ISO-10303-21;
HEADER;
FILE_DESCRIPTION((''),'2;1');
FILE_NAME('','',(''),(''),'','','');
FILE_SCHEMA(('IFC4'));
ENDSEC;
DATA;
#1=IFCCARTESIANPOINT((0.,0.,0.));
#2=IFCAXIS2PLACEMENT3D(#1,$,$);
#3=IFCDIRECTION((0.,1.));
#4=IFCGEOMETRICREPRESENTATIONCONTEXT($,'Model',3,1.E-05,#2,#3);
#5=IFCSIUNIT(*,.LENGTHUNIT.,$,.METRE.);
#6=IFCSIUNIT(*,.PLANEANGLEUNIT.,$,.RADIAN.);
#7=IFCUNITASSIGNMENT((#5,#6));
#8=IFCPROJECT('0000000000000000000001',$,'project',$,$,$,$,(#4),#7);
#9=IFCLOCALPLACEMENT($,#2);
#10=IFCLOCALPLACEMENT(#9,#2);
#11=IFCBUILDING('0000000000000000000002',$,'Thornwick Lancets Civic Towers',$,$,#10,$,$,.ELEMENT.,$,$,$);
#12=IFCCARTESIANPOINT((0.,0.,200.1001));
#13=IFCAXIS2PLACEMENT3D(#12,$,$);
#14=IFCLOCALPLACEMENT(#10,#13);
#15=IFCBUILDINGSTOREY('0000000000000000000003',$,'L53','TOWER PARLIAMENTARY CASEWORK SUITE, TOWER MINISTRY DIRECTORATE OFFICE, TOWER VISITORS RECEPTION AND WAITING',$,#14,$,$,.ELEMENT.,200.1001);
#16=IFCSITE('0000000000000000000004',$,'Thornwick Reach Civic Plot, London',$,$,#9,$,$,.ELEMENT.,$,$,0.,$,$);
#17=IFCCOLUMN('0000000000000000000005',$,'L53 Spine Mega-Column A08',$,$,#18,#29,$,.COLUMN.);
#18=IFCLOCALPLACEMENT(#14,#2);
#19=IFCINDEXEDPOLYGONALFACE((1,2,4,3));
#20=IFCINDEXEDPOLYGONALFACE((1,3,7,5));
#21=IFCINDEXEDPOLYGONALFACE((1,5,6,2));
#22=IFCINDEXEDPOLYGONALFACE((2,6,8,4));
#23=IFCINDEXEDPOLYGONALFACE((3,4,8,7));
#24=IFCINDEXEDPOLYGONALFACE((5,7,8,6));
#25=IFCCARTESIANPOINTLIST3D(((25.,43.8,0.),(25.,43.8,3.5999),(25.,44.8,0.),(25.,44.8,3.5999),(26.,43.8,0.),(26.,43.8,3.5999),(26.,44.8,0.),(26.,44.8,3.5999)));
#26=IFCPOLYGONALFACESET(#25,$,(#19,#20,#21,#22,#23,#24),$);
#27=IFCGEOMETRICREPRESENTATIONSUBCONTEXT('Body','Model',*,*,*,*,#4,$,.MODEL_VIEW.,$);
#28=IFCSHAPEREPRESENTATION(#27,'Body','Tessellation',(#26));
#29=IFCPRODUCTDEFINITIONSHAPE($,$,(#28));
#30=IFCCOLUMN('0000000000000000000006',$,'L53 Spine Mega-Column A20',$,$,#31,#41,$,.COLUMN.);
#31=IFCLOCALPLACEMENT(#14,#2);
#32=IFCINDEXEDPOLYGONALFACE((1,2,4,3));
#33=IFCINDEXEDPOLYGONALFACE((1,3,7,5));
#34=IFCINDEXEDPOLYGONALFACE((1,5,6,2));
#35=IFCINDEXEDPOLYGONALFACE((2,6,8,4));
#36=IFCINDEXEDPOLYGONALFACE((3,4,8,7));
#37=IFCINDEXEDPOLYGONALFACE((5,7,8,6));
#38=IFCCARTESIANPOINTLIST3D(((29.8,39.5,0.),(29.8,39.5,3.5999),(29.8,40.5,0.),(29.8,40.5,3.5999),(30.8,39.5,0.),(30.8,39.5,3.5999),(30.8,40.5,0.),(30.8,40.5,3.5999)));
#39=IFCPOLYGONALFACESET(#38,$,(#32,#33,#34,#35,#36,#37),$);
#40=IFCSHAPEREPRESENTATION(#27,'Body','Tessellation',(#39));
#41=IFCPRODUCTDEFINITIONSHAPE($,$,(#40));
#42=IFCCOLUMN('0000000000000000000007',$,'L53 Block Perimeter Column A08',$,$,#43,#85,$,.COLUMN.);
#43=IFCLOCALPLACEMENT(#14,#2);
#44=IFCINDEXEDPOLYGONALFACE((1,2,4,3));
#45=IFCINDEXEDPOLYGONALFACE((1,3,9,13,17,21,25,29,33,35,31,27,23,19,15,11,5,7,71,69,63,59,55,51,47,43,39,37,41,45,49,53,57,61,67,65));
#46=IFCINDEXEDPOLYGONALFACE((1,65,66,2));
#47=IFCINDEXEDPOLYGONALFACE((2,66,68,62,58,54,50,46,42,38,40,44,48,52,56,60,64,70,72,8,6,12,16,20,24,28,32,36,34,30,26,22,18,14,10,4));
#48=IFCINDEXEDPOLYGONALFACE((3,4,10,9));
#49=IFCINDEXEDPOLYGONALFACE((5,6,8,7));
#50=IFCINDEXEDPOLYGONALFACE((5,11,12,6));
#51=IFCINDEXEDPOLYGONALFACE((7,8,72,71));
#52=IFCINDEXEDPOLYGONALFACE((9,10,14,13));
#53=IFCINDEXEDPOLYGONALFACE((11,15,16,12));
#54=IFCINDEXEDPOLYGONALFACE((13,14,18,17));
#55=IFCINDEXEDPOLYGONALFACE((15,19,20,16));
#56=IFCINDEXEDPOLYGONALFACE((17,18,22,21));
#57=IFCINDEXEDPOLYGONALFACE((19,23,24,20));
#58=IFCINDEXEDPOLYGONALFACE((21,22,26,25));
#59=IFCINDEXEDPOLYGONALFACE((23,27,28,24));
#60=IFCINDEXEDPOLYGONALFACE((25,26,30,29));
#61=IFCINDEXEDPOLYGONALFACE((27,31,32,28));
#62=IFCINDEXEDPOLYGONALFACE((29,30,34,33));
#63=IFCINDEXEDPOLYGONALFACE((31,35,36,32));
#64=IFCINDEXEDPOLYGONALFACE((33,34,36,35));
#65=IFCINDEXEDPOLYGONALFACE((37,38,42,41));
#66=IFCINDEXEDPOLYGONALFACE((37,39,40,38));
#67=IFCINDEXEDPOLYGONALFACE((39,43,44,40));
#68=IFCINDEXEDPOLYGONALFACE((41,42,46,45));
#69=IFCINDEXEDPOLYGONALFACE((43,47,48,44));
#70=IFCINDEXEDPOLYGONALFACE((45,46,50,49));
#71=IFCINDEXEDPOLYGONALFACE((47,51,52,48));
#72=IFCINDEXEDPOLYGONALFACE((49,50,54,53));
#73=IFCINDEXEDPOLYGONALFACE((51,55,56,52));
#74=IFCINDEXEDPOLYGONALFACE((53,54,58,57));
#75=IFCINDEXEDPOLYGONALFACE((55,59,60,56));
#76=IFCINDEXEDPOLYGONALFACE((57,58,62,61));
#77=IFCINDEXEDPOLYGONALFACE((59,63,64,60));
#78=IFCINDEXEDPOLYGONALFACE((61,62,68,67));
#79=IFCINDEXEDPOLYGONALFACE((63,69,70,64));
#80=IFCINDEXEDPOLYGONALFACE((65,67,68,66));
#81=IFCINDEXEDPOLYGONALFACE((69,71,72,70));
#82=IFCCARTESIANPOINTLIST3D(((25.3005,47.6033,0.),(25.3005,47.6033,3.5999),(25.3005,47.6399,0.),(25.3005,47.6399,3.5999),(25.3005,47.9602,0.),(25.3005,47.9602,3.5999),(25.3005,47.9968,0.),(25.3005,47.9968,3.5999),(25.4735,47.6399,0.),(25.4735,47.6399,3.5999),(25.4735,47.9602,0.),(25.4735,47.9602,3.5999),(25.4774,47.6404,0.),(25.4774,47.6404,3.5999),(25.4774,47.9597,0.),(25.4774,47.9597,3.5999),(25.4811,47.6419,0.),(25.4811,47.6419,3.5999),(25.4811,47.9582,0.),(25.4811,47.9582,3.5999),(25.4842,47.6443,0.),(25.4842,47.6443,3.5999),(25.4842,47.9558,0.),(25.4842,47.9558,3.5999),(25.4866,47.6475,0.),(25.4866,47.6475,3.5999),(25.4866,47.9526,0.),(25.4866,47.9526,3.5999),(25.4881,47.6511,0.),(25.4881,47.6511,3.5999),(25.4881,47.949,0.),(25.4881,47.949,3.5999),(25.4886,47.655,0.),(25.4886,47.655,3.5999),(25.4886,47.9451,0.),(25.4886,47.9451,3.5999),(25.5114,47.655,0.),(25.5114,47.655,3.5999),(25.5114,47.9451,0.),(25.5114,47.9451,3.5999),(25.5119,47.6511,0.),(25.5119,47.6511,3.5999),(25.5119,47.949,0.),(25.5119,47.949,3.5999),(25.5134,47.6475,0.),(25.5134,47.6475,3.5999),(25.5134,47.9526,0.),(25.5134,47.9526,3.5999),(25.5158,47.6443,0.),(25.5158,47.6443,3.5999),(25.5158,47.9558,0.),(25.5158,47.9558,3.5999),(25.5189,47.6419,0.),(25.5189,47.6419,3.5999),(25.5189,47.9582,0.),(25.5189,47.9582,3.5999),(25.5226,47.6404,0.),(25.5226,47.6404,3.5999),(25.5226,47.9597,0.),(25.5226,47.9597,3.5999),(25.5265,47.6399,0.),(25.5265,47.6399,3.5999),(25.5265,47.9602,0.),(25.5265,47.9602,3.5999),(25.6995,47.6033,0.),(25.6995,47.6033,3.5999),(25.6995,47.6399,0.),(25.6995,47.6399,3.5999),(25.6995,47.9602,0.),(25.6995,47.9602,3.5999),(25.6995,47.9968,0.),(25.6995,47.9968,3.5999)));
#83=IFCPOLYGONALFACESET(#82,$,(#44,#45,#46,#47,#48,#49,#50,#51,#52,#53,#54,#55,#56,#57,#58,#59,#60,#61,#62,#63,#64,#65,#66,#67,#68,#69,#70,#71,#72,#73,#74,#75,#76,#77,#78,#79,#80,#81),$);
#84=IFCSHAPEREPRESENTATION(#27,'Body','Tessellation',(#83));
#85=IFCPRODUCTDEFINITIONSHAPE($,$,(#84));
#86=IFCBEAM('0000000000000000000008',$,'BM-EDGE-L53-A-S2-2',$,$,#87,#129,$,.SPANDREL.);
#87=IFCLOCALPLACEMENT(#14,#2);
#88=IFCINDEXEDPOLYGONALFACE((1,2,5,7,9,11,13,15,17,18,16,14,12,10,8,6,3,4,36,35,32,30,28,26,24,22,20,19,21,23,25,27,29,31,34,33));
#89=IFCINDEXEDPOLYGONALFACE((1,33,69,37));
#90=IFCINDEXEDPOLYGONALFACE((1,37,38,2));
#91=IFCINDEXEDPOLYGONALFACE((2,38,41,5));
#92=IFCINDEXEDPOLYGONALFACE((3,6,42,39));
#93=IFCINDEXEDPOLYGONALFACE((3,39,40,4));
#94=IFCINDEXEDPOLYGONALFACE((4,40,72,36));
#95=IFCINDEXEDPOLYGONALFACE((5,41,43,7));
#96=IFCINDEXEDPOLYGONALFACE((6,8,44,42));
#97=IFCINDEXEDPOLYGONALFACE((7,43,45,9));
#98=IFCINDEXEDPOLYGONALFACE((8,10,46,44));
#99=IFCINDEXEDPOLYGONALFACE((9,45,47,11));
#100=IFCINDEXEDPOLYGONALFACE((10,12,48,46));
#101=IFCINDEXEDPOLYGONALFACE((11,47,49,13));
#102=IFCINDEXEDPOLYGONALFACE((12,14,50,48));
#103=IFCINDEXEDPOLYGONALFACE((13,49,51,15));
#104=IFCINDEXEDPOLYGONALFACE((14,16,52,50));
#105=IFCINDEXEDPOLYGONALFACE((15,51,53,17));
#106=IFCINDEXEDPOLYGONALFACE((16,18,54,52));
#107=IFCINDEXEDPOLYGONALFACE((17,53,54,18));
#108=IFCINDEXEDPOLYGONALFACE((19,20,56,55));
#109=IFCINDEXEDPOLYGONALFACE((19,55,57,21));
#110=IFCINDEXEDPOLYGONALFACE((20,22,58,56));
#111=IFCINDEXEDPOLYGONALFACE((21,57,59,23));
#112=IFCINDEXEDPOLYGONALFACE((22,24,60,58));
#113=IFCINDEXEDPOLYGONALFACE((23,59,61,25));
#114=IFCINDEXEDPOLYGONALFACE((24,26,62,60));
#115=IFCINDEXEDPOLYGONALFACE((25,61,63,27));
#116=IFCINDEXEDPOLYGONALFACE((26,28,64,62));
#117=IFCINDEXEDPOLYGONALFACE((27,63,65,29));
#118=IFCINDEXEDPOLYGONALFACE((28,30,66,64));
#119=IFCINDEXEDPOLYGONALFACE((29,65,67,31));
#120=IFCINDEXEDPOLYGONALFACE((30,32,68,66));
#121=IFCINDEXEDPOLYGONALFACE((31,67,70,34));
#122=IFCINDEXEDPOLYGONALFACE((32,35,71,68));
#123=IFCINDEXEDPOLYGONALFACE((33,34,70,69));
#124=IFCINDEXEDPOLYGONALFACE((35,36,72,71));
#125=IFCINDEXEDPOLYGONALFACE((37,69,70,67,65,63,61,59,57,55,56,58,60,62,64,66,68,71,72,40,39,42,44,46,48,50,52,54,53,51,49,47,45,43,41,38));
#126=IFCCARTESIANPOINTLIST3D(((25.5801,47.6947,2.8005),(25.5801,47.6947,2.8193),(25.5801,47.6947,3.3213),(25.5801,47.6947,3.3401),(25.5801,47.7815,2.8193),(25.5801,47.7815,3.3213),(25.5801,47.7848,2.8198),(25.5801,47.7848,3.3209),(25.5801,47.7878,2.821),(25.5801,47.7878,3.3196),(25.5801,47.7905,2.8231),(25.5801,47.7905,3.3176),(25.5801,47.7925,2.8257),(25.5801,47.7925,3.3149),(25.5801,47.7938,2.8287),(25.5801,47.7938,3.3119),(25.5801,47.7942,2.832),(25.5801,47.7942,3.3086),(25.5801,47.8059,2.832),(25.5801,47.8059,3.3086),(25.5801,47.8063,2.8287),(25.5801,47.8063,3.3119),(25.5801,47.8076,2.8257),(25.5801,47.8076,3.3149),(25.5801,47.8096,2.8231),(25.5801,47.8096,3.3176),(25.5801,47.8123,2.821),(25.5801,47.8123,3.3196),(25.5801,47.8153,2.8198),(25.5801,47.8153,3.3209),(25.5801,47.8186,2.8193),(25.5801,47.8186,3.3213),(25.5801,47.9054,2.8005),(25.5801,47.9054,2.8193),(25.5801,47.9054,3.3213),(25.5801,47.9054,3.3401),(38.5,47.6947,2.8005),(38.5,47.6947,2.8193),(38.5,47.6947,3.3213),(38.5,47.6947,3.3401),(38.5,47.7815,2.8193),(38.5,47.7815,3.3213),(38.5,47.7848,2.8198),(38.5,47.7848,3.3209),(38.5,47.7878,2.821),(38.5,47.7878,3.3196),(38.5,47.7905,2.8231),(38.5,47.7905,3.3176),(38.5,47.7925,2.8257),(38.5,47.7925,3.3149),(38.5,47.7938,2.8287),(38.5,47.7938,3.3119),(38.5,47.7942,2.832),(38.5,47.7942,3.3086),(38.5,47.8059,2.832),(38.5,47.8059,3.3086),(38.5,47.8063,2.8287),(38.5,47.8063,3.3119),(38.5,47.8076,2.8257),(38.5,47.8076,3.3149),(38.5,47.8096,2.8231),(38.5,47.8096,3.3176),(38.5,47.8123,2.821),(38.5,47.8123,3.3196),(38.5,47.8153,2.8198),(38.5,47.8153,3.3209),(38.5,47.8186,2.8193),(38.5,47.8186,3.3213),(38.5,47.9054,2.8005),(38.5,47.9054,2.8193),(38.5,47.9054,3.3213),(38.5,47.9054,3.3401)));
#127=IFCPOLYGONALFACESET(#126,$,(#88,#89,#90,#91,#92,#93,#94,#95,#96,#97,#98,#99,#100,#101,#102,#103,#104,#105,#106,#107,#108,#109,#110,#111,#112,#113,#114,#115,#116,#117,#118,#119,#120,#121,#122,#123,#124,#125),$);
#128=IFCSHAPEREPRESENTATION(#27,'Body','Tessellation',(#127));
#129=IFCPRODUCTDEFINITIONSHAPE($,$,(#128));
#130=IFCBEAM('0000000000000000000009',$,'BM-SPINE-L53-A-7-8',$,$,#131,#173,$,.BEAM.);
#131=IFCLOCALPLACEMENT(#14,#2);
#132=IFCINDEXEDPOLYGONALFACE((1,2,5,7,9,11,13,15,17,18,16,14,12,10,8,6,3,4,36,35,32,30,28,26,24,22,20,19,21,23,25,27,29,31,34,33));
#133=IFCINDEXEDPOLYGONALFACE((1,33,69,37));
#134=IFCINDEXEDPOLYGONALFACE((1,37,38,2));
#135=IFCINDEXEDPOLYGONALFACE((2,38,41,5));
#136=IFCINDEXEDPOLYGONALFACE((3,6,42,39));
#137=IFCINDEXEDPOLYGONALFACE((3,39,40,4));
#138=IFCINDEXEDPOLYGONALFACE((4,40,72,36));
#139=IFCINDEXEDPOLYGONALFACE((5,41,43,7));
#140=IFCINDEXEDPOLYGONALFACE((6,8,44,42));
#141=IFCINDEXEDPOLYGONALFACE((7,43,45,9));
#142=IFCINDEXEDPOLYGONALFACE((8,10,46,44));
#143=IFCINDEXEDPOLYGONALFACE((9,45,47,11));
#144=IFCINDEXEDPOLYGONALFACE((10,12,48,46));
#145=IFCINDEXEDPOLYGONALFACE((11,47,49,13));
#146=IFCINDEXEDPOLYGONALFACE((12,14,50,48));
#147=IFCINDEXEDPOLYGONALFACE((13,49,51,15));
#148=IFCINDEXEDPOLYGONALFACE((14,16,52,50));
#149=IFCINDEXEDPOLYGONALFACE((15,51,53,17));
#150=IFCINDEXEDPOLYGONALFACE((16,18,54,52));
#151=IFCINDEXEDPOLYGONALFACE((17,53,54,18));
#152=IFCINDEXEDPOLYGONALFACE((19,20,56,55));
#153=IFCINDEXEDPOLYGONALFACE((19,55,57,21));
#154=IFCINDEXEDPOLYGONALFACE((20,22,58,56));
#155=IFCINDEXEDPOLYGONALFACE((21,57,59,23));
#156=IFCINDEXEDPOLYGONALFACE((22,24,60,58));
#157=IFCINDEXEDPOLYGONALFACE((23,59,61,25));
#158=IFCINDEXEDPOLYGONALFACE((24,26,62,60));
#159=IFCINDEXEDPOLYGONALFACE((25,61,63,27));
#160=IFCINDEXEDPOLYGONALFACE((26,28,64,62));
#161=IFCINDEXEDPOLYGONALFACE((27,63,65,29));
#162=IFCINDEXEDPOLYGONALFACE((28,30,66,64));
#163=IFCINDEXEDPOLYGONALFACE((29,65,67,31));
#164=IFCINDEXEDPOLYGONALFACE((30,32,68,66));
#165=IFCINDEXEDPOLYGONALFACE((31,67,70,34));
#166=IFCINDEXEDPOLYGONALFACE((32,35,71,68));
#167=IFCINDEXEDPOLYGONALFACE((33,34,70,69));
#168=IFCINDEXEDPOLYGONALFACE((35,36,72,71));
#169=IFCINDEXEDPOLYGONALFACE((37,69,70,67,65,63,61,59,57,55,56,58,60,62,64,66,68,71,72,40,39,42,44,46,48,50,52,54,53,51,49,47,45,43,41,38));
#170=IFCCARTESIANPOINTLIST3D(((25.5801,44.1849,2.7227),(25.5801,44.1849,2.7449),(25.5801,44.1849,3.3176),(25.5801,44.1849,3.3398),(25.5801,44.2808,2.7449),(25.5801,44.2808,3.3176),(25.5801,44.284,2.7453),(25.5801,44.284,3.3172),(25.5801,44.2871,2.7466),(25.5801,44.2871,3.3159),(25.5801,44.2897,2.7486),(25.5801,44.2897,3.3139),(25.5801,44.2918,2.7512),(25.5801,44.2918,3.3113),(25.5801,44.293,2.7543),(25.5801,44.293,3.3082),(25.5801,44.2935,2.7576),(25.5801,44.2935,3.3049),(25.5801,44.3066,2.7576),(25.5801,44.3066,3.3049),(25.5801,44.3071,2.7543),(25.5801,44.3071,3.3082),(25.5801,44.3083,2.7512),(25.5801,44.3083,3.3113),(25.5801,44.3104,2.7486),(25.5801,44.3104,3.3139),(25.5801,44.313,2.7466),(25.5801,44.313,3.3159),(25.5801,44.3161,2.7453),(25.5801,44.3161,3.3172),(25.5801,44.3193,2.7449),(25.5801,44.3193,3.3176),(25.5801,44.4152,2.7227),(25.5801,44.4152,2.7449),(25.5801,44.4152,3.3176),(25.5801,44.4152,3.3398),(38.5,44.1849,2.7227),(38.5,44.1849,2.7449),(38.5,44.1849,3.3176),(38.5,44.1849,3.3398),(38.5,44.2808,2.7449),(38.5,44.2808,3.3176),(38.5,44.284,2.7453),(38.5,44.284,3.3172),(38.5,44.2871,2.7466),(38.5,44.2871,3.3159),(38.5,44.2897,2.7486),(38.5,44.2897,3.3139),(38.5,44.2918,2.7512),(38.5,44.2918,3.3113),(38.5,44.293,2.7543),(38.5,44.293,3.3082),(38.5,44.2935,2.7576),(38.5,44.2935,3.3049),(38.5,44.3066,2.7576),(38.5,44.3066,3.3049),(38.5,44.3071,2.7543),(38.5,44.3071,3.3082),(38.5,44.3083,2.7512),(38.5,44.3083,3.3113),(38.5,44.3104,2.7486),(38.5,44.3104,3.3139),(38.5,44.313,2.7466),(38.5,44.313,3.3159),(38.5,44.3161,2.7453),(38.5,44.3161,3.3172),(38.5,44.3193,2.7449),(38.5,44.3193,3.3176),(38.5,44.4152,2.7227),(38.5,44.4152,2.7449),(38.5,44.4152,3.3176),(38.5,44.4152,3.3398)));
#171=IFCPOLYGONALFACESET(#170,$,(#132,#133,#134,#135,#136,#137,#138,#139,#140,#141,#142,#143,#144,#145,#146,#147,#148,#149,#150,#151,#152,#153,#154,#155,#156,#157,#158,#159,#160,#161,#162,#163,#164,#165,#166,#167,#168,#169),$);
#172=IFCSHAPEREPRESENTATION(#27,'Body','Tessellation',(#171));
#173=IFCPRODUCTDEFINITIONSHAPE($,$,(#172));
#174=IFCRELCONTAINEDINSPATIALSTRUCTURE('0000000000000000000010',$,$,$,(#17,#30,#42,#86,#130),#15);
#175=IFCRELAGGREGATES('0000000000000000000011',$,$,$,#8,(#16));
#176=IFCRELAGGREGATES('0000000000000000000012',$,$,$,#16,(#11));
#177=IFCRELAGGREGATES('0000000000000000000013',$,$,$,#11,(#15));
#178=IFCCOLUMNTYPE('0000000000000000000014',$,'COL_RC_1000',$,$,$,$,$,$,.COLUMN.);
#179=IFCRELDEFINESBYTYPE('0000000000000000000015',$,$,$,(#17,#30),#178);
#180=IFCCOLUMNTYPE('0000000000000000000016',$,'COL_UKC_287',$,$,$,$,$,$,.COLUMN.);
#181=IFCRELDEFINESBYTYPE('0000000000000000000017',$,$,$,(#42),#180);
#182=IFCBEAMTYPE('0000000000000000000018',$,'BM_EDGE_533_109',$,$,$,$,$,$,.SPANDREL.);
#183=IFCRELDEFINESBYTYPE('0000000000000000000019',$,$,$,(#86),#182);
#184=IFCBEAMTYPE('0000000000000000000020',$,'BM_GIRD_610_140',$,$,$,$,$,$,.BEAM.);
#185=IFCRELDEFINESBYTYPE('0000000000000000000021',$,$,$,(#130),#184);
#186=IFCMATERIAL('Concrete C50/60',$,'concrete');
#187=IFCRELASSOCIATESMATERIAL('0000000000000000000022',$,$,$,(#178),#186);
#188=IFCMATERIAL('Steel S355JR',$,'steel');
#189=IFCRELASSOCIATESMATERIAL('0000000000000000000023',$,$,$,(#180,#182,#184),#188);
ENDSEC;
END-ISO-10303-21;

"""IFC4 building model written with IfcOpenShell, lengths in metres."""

from ifc_helpers import new_model, si_unit, direction, frame, origin, origin_2d, place, context, subcontext, project, spatial, rectangle, i_section, extrude, material, material_profile, profile_set, type_object, element, save


model = new_model("IFC4")

# Units and contexts
model_context = context("Model", 3, precision=1e-05, world=origin(), true_north=direction((0.0, 1.0)))
body_context = subcontext(model_context, "Body", "Model", "MODEL_VIEW")
ifc_project = project(units=[si_unit("LENGTHUNIT", "METRE"), si_unit("PLANEANGLEUNIT", "RADIAN")], contexts=[model_context])

# Site, building, storey
site_placement = place(None, origin())
site = spatial("IfcSite", under=ifc_project, at=site_placement, Name="Thornwick Reach Civic Plot, London", CompositionType="ELEMENT", RefElevation=0.0)
building_placement = place(site_placement, origin())
building = spatial("IfcBuilding", under=site, at=building_placement, Name="Thornwick Lancets Civic Towers", CompositionType="ELEMENT")
storey_placement = place(building_placement, frame((0.0, 0.0, 200.1001)))
storey = spatial("IfcBuildingStorey", under=building, at=storey_placement, Name="L53", Description="TOWER PARLIAMENTARY CASEWORK SUITE, TOWER MINISTRY DIRECTORATE OFFICE, TOWER VISITORS RECEPTION AND WAITING", CompositionType="ELEMENT", Elevation=200.1001)

# Columns
ifc_material_1 = material(Name="Concrete C50/60", Category="concrete")
ifc_material_profile_1 = material_profile(ifc_material_1, rectangle(XDim=1.0, YDim=1.0, at=origin_2d()), Name="RC 1000x1000")
ifc_profile_set_1 = profile_set([ifc_material_profile_1], Name="Concrete C50/60")
column_type_1 = type_object("IfcColumnType", Name="COL_RC_1000", PredefinedType="COLUMN", material=ifc_profile_set_1)
for number, where, z_axis, x_axis, name in (
    (1, (25.5, 44.3, 0.0), (0.0, 0.0, 1.0), (1.0, 0.0, 0.0), "L53 Spine Mega-Column A08"),
    (2, (30.3, 40.0, 0.0), (0.0, 0.0, 1.0), (1.0, 0.0, 0.0), "L53 Spine Mega-Column A20"),
):
    element("IfcColumn", number, at=place(storey_placement, frame(where, z_axis=z_axis, x_axis=x_axis)), inside=storey, type_object=column_type_1, Name=name, PredefinedType="COLUMN", context=body_context, shape_type="SweptSolid", body=[
        extrude(rectangle(XDim=1.0, YDim=1.0, at=origin_2d()), origin(), (0.0, 0.0, 1.0), 3.5999),
    ])
ifc_material_2 = material(Name="Steel S355JR", Category="steel")
ifc_material_profile_2 = material_profile(ifc_material_2, i_section(OverallWidth=0.3989, OverallDepth=0.3936, WebThickness=0.0227, FlangeThickness=0.0366, FilletRadius=0.0151, at=origin_2d()), Name="UKC 356x406x287")
ifc_profile_set_2 = profile_set([ifc_material_profile_2], Name="Steel S355JR")
column_type_2 = type_object("IfcColumnType", Name="COL_UKC_287", PredefinedType="COLUMN", material=ifc_profile_set_2)
column_placement = place(storey_placement, frame((25.5, 47.8, 0.0), z_axis=(0.0, 0.0, 1.0), x_axis=(1.0, 0.0, 0.0)))
element("IfcColumn", 3, at=column_placement, inside=storey, type_object=column_type_2, Name="L53 Block Perimeter Column A08", PredefinedType="COLUMN", context=body_context, shape_type="SweptSolid", body=[
    extrude(i_section(OverallWidth=0.3989, OverallDepth=0.3936, WebThickness=0.0227, FlangeThickness=0.0366, FilletRadius=0.0151, at=origin_2d()), origin(), (0.0, 0.0, 1.0), 3.5999),
])

# Beams
ifc_material_profile_3 = material_profile(ifc_material_2, i_section(OverallWidth=0.2107, OverallDepth=0.5396, WebThickness=0.0117, FlangeThickness=0.0188, FilletRadius=0.0127, at=origin_2d()), Name="UKB 533x210x109")
ifc_profile_set_3 = profile_set([ifc_material_profile_3], Name="Steel S355JR")
beam_type_1 = type_object("IfcBeamType", Name="BM_EDGE_533_109", PredefinedType="SPANDREL", material=ifc_profile_set_3)
beam_1_placement = place(storey_placement, frame((25.5801, 47.8, 3.0703), z_axis=(1.0, 0.0, 0.0), x_axis=(0.0, 1.0, 0.0)))
element("IfcBeam", 4, at=beam_1_placement, inside=storey, type_object=beam_type_1, Name="BM-EDGE-L53-A-S2-2", PredefinedType="SPANDREL", context=body_context, shape_type="SweptSolid", body=[
    extrude(i_section(OverallWidth=0.2107, OverallDepth=0.5396, WebThickness=0.0117, FlangeThickness=0.0188, FilletRadius=0.0127, at=origin_2d()), origin(), (0.0, 0.0, 1.0), 12.9199),
])
ifc_material_profile_4 = material_profile(ifc_material_2, i_section(OverallWidth=0.2302, OverallDepth=0.6172, WebThickness=0.0132, FlangeThickness=0.0222, FilletRadius=0.0127, at=origin_2d()), Name="UKB 610x229x140")
ifc_profile_set_4 = profile_set([ifc_material_profile_4], Name="Steel S355JR")
beam_type_2 = type_object("IfcBeamType", Name="BM_GIRD_610_140", PredefinedType="BEAM", material=ifc_profile_set_4)
beam_2_placement = place(storey_placement, frame((25.5801, 44.3, 3.0312), z_axis=(1.0, 0.0, 0.0), x_axis=(0.0, 1.0, 0.0)))
element("IfcBeam", 5, at=beam_2_placement, inside=storey, type_object=beam_type_2, Name="BM-SPINE-L53-A-7-8", PredefinedType="BEAM", context=body_context, shape_type="SweptSolid", body=[
    extrude(i_section(OverallWidth=0.2302, OverallDepth=0.6172, WebThickness=0.0132, FlangeThickness=0.0222, FilletRadius=0.0127, at=origin_2d()), origin(), (0.0, 0.0, 1.0), 12.9199),
])

save(model, "model.ifc")
